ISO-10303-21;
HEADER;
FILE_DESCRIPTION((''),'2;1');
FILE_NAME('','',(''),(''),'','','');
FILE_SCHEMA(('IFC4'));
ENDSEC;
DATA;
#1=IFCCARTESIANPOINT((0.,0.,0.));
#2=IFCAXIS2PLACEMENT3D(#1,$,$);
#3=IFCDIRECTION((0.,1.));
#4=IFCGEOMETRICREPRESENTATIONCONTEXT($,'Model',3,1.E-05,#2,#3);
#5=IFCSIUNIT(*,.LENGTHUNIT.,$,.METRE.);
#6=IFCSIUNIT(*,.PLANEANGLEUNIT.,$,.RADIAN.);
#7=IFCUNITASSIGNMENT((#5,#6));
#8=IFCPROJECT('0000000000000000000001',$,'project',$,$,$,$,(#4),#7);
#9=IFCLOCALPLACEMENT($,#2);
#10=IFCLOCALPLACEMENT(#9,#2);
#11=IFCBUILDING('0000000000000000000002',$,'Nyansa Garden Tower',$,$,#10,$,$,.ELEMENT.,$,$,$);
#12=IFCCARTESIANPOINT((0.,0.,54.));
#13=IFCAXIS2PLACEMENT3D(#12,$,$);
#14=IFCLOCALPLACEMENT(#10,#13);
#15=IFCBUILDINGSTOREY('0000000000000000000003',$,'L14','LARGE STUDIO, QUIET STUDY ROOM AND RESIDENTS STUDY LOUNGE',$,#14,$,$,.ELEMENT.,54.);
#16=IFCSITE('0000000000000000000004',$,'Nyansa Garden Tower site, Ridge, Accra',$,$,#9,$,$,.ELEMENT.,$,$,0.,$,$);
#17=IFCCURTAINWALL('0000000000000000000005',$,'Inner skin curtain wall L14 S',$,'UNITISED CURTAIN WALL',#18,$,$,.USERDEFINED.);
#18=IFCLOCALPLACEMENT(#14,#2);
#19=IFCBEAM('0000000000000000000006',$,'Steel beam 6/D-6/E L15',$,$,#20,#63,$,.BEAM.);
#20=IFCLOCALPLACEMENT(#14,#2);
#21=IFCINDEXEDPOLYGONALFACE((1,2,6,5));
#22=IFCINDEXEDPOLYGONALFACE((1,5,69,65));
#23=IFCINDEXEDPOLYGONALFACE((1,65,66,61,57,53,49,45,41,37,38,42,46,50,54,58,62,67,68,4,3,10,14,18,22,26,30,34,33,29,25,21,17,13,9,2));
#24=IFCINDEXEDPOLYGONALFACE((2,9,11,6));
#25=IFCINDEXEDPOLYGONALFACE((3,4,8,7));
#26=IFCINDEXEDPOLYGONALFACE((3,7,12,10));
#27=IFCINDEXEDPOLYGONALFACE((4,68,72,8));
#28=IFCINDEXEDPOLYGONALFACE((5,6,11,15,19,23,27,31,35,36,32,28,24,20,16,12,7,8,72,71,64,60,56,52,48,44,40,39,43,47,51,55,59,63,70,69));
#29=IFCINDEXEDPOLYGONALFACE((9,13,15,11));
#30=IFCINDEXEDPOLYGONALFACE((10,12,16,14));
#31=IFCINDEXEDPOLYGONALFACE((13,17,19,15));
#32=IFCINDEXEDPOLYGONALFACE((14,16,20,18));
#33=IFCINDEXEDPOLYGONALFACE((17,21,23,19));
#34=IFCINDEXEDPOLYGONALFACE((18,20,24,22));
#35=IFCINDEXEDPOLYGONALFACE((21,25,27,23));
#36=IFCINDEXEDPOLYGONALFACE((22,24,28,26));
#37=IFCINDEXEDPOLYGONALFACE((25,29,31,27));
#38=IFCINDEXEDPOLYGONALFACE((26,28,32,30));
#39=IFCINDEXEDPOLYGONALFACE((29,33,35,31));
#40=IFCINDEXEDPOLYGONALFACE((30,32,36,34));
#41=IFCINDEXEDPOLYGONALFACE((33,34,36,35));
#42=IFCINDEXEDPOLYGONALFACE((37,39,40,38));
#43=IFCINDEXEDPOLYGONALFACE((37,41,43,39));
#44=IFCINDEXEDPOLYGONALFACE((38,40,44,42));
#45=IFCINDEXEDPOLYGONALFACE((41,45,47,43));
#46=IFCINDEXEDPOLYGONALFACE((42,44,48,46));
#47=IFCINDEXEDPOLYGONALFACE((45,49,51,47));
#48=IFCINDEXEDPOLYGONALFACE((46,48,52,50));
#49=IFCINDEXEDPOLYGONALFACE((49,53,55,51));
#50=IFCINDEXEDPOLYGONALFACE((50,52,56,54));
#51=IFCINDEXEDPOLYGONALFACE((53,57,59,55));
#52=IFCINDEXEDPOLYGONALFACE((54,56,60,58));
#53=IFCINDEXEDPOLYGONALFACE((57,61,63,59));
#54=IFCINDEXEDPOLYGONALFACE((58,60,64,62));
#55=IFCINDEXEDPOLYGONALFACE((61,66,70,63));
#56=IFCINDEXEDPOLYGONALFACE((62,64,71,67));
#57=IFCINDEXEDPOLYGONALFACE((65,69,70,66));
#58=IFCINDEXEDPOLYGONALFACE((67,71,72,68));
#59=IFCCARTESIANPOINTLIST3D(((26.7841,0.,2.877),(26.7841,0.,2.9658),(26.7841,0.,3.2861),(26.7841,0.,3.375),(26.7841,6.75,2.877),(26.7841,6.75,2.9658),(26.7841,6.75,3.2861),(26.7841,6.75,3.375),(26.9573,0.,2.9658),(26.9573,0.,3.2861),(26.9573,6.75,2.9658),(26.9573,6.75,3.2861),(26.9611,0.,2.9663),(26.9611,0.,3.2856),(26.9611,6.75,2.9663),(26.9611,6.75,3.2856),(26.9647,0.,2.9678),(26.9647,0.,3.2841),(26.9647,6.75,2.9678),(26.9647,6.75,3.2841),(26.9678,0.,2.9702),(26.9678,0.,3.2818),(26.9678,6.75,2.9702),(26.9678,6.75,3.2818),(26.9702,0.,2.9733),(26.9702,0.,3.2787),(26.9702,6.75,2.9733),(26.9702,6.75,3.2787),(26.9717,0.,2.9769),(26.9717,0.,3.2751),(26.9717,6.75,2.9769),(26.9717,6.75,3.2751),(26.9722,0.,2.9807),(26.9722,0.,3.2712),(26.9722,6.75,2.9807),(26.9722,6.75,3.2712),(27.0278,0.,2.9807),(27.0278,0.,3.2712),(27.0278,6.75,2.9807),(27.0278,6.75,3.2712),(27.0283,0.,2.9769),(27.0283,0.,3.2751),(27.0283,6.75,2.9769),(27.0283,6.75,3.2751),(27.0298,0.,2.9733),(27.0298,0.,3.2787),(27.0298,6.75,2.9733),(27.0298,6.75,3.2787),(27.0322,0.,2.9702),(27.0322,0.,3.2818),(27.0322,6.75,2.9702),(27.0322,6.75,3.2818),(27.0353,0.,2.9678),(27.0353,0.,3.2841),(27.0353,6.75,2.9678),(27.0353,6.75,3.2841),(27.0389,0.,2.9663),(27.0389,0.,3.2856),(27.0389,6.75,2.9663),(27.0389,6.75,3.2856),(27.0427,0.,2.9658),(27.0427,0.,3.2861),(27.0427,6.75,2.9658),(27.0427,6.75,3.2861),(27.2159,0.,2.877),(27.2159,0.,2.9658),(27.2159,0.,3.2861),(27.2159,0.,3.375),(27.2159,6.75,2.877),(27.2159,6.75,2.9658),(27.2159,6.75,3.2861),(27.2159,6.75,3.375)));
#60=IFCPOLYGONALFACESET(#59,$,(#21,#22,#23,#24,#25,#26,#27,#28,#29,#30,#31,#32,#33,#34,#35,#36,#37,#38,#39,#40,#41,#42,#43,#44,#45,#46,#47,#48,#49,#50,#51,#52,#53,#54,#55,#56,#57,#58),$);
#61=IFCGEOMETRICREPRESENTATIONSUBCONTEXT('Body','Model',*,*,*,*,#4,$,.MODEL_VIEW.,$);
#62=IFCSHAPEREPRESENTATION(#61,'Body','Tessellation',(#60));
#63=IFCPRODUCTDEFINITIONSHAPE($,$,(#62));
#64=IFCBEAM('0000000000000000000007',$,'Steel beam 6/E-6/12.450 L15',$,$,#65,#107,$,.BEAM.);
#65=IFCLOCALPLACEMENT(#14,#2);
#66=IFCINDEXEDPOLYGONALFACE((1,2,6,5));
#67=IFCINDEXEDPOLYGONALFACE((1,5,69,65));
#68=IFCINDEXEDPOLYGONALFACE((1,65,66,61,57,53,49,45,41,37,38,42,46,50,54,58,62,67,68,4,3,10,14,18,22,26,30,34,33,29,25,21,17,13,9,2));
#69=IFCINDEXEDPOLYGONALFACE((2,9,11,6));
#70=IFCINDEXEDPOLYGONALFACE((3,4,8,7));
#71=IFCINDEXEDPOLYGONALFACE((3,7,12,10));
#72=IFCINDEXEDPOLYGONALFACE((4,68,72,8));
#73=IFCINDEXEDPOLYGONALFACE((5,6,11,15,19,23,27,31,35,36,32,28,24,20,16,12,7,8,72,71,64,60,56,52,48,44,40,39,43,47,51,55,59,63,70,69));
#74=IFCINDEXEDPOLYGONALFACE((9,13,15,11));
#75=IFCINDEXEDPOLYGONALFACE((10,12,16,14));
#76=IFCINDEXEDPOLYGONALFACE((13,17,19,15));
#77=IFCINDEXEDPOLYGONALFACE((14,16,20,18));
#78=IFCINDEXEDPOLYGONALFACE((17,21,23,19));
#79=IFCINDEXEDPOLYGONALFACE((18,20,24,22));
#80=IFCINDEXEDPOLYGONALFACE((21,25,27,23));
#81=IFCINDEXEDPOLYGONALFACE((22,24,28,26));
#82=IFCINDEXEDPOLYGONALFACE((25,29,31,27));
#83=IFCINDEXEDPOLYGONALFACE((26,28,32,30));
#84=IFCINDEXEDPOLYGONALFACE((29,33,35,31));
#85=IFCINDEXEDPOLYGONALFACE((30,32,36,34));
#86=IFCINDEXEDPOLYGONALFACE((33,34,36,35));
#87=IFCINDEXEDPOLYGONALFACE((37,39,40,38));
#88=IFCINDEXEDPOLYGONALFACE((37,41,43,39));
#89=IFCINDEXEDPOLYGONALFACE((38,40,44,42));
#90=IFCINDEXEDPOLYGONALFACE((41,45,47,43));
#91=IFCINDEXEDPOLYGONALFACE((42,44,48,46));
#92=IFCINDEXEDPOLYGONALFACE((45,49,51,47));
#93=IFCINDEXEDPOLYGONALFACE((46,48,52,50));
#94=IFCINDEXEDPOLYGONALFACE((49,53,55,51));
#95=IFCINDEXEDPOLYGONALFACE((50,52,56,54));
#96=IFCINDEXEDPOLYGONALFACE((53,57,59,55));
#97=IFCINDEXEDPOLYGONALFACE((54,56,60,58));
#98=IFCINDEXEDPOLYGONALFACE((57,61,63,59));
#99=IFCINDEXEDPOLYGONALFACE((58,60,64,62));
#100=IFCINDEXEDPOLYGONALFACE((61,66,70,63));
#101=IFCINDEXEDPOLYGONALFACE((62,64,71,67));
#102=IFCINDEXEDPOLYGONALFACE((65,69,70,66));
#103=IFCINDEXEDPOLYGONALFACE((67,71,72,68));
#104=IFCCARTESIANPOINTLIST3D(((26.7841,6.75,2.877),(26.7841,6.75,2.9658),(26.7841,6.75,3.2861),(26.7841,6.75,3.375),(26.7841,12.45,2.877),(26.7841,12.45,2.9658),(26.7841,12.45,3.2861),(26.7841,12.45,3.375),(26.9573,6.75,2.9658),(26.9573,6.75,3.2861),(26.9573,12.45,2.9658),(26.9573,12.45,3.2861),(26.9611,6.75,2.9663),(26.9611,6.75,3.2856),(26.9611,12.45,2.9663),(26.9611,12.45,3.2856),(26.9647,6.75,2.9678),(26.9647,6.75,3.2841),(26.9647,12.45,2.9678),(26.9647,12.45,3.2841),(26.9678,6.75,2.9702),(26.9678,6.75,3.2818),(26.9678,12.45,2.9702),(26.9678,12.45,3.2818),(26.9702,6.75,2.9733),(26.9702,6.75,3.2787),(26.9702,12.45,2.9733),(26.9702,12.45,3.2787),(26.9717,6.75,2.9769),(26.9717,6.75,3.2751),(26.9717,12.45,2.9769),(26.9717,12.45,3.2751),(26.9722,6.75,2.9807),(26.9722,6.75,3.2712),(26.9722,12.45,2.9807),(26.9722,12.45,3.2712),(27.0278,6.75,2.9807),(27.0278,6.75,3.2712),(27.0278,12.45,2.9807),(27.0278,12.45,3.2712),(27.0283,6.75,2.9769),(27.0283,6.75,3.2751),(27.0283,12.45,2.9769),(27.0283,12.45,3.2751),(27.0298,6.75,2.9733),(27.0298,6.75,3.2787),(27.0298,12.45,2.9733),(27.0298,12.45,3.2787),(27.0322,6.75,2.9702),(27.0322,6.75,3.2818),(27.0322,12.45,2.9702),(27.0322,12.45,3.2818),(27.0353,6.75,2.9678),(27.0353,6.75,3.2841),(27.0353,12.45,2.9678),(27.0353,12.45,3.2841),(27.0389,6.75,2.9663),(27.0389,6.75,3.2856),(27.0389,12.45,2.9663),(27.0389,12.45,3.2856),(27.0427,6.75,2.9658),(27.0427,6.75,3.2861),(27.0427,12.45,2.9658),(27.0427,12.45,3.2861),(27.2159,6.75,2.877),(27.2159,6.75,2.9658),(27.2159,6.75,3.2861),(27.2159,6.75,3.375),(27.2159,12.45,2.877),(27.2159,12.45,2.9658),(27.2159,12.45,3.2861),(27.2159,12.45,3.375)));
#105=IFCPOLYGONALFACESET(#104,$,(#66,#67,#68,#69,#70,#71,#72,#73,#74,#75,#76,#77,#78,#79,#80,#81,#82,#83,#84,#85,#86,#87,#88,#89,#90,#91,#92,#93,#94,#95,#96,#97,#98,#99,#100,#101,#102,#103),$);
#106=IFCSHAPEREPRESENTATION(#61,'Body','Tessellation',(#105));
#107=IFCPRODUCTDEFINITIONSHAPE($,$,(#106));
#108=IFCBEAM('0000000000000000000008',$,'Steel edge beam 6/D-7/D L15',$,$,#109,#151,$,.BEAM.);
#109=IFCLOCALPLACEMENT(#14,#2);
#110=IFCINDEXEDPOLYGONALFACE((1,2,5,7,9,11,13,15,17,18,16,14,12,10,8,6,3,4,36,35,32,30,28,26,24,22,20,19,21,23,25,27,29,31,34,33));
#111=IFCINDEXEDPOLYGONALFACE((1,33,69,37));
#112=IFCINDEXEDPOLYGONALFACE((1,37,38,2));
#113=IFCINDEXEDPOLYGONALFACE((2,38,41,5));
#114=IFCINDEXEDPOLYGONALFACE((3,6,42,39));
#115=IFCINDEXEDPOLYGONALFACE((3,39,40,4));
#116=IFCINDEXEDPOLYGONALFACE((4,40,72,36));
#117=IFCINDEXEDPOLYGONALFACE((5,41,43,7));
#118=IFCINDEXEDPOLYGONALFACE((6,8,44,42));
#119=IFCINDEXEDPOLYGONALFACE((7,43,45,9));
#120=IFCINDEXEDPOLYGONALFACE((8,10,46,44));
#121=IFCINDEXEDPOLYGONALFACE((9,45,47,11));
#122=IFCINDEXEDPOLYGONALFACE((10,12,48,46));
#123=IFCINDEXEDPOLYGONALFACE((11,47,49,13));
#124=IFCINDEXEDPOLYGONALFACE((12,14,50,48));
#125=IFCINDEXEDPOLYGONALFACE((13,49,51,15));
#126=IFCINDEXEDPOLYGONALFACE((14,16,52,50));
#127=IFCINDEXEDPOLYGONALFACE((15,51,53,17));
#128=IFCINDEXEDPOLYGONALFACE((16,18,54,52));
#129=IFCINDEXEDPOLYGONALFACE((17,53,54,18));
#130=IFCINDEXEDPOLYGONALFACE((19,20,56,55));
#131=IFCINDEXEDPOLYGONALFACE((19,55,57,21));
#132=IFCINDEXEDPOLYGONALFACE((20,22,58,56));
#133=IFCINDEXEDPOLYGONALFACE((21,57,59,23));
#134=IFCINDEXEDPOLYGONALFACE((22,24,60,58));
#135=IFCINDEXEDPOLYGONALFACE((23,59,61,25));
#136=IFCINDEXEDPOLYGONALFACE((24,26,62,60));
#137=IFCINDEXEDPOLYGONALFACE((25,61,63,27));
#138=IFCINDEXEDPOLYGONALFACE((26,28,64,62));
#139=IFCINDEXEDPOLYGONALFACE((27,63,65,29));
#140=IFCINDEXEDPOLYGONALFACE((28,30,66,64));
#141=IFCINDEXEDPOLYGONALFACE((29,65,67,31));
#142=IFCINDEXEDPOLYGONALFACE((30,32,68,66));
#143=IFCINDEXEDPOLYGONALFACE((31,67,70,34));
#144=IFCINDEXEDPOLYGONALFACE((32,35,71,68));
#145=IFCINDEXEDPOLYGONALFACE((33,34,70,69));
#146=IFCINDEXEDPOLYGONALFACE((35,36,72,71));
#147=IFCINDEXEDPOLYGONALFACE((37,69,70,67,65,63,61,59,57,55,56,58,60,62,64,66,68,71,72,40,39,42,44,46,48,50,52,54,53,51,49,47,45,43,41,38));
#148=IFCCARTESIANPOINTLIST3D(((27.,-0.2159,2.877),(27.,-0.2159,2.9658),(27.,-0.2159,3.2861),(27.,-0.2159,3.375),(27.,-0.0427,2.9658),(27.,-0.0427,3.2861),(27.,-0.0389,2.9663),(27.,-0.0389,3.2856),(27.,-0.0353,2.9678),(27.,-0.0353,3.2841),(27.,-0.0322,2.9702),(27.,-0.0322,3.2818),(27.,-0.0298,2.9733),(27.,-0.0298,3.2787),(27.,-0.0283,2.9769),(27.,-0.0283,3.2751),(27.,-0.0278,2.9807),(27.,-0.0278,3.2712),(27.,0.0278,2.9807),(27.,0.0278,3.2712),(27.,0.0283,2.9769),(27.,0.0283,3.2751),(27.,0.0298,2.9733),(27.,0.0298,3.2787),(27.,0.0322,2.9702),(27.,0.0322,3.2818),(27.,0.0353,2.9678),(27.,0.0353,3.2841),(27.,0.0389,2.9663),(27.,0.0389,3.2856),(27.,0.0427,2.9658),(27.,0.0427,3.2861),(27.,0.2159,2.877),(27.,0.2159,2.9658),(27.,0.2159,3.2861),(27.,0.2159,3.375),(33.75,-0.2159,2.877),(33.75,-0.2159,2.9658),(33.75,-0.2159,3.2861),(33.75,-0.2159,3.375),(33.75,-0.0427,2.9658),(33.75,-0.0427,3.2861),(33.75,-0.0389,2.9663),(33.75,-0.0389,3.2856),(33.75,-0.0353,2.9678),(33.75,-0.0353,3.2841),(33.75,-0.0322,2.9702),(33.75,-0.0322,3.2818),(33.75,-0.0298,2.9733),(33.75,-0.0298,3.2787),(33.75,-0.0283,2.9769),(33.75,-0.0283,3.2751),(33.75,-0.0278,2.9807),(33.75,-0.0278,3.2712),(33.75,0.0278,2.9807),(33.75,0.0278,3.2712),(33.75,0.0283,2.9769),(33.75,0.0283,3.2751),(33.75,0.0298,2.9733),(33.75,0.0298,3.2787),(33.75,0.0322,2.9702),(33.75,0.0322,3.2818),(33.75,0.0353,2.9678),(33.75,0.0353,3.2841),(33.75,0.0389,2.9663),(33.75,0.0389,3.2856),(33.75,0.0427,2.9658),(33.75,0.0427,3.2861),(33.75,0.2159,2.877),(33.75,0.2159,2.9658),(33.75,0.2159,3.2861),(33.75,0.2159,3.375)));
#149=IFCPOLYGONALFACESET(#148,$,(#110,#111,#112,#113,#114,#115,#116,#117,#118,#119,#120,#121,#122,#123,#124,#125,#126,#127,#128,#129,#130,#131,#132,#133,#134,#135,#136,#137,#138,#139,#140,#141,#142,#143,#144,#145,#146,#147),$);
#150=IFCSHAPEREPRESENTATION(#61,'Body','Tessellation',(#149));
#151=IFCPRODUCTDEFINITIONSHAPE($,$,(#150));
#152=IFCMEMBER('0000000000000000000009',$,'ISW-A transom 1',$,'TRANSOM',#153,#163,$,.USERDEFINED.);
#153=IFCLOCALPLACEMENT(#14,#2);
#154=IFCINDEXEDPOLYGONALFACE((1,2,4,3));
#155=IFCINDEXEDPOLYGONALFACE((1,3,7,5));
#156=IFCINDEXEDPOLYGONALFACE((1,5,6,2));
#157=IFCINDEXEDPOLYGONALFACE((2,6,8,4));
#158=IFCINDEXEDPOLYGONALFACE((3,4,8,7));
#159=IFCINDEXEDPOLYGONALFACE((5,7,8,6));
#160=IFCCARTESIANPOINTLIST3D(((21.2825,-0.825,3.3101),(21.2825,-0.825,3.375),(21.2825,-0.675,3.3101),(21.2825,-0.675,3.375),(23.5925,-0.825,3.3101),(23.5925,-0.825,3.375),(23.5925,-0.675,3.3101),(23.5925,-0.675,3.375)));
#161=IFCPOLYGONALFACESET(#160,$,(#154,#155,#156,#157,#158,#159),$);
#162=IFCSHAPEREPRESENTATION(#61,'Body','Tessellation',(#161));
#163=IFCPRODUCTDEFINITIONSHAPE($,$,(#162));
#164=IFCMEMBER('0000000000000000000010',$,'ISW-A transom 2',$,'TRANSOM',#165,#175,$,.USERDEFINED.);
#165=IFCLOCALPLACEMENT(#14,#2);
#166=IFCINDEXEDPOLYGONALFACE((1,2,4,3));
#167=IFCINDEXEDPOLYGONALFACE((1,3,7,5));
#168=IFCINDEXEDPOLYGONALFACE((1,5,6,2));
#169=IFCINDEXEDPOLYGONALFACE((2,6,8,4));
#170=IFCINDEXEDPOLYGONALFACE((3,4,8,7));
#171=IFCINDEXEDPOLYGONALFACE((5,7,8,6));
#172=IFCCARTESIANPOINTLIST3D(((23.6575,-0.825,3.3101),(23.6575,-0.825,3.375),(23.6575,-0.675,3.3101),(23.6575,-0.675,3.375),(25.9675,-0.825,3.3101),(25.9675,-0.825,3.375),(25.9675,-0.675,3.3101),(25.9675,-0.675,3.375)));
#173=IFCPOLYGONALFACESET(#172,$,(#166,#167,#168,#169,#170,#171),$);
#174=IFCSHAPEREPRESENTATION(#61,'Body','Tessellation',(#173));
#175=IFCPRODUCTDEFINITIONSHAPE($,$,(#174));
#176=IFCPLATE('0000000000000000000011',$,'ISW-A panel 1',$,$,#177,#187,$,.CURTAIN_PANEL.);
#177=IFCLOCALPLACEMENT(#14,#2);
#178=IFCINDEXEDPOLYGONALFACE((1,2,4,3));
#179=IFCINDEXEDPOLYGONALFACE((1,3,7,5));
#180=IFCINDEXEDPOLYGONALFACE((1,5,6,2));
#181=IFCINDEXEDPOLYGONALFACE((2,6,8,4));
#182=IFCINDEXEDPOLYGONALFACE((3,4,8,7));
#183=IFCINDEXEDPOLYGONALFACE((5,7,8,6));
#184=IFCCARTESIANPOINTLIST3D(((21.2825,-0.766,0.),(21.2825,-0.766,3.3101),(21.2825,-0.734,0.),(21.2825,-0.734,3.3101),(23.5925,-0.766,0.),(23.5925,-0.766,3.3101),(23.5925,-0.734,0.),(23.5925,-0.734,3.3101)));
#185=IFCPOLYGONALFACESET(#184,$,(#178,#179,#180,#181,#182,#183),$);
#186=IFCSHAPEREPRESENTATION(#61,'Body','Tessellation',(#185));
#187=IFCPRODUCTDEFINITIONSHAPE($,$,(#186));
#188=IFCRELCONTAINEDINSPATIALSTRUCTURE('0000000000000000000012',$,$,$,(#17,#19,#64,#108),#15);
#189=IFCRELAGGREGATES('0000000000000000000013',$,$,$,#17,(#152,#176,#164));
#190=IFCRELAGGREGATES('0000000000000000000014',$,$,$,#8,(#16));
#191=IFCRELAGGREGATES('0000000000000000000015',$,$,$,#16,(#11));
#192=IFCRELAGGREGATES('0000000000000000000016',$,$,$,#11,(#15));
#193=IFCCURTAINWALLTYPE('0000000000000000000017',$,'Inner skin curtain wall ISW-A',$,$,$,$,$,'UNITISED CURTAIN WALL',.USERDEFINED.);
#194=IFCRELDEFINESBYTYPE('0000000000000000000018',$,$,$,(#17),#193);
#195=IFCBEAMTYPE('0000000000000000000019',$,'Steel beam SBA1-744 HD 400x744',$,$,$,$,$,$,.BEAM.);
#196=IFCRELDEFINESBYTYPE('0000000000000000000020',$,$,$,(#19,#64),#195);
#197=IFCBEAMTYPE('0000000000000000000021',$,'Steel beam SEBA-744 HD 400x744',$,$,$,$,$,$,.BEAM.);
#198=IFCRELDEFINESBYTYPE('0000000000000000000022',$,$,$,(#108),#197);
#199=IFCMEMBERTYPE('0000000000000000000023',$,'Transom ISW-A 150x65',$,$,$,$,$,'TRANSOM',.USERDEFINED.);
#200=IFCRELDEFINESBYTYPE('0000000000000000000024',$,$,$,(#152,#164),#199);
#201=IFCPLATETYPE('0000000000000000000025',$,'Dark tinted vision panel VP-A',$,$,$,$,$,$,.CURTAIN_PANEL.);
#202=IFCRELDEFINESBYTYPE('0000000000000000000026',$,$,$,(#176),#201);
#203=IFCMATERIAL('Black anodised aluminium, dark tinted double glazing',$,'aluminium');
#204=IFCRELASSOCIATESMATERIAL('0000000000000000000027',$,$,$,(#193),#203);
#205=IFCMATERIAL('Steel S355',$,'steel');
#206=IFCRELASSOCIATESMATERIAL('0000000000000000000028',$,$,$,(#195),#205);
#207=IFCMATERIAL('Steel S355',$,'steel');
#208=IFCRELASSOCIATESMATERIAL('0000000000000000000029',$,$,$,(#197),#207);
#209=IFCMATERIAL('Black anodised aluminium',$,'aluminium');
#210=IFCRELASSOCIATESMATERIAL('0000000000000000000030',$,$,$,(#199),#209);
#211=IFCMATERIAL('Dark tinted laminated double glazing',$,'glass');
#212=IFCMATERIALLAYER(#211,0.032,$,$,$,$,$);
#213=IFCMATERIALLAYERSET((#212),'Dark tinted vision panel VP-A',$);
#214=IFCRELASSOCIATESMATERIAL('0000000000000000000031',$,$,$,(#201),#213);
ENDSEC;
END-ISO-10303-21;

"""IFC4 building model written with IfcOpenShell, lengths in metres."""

from ifc_helpers import new_model, si_unit, direction, frame, origin, origin_2d, place, context, subcontext, project, spatial, rectangle, i_section, extrude, material, layer, layer_set, material_profile, profile_set, type_object, element, aggregate, save


model = new_model("IFC4")

# Units and contexts
model_context = context("Model", 3, precision=1e-05, world=origin(), true_north=direction((0.0, 1.0)))
body_context = subcontext(model_context, "Body", "Model", "MODEL_VIEW")
ifc_project = project(units=[si_unit("LENGTHUNIT", "METRE"), si_unit("PLANEANGLEUNIT", "RADIAN")], contexts=[model_context])

# Site, building, storey
site_placement = place(None, origin())
site = spatial("IfcSite", under=ifc_project, at=site_placement, Name="Nyansa Garden Tower site, Ridge, Accra", CompositionType="ELEMENT", RefElevation=0.0)
building_placement = place(site_placement, origin())
building = spatial("IfcBuilding", under=site, at=building_placement, Name="Nyansa Garden Tower", CompositionType="ELEMENT")
storey_placement = place(building_placement, frame((0.0, 0.0, 54.0)))
storey = spatial("IfcBuildingStorey", under=building, at=storey_placement, Name="L14", Description="LARGE STUDIO, QUIET STUDY ROOM AND RESIDENTS STUDY LOUNGE", CompositionType="ELEMENT", Elevation=54.0)

# Curtain wall
ifc_material_1 = material(Name="Black anodised aluminium, dark tinted double glazing", Category="aluminium")
curtain_wall_type = type_object("IfcCurtainWallType", Name="Inner skin curtain wall ISW-A", ElementType="UNITISED CURTAIN WALL", PredefinedType="USERDEFINED", material=ifc_material_1)
curtain_wall_placement = place(storey_placement, origin())
curtain_wall = element("IfcCurtainWall", 1, at=curtain_wall_placement, inside=storey, type_object=curtain_wall_type, Name="Inner skin curtain wall L14 S", ObjectType="UNITISED CURTAIN WALL", PredefinedType="USERDEFINED")

# Beams
ifc_material_2 = material(Name="Steel S355", Category="steel")
ifc_material_profile_1 = material_profile(ifc_material_2, i_section(OverallWidth=0.4319, OverallDepth=0.498, WebThickness=0.0557, FlangeThickness=0.0889, FilletRadius=0.0149, at=origin_2d()), Name="HD 400x744")
ifc_profile_set_1 = profile_set([ifc_material_profile_1], Name="Steel S355")
beam_type_1 = type_object("IfcBeamType", Name="Steel beam SBA1-744 HD 400x744", PredefinedType="BEAM", material=ifc_profile_set_1)
beam_1_placement = place(storey_placement, frame((27.0, 0.0, 3.126), z_axis=(0.0, 1.0, 0.0), x_axis=(-1.0, 0.0, 0.0)))
element("IfcBeam", 2, at=beam_1_placement, inside=storey, type_object=beam_type_1, Name="Steel beam 6/D-6/E L15", PredefinedType="BEAM", context=body_context, shape_type="SweptSolid", body=[
    extrude(i_section(OverallWidth=0.4319, OverallDepth=0.498, WebThickness=0.0557, FlangeThickness=0.0889, FilletRadius=0.0149, at=origin_2d()), origin(), (0.0, 0.0, 1.0), 6.75),
])
beam_2_placement = place(storey_placement, frame((27.0, 6.75, 3.126), z_axis=(0.0, 1.0, 0.0), x_axis=(-1.0, 0.0, 0.0)))
element("IfcBeam", 3, at=beam_2_placement, inside=storey, type_object=beam_type_1, Name="Steel beam 6/E-6/12.450 L15", PredefinedType="BEAM", context=body_context, shape_type="SweptSolid", body=[
    extrude(i_section(OverallWidth=0.4319, OverallDepth=0.498, WebThickness=0.0557, FlangeThickness=0.0889, FilletRadius=0.0149, at=origin_2d()), origin(), (0.0, 0.0, 1.0), 5.7),
])
ifc_material_3 = material(Name="Steel S355", Category="steel")
ifc_material_profile_2 = material_profile(ifc_material_3, i_section(OverallWidth=0.4319, OverallDepth=0.498, WebThickness=0.0557, FlangeThickness=0.0889, FilletRadius=0.0149, at=origin_2d()), Name="HD 400x744")
ifc_profile_set_2 = profile_set([ifc_material_profile_2], Name="Steel S355")
beam_type_2 = type_object("IfcBeamType", Name="Steel beam SEBA-744 HD 400x744", PredefinedType="BEAM", material=ifc_profile_set_2)
beam_3_placement = place(storey_placement, frame((27.0, 0.0, 3.126), z_axis=(1.0, 0.0, 0.0), x_axis=(0.0, 1.0, 0.0)))
element("IfcBeam", 4, at=beam_3_placement, inside=storey, type_object=beam_type_2, Name="Steel edge beam 6/D-7/D L15", PredefinedType="BEAM", context=body_context, shape_type="SweptSolid", body=[
    extrude(i_section(OverallWidth=0.4319, OverallDepth=0.498, WebThickness=0.0557, FlangeThickness=0.0889, FilletRadius=0.0149, at=origin_2d()), origin(), (0.0, 0.0, 1.0), 6.75),
])

# Members
ifc_material_4 = material(Name="Black anodised aluminium", Category="aluminium")
ifc_material_profile_3 = material_profile(ifc_material_4, rectangle(XDim=0.1499, YDim=0.0649, at=origin_2d()), Name="Transom 150x65")
ifc_profile_set_3 = profile_set([ifc_material_profile_3], Name="Black anodised aluminium")
member_type_1 = type_object("IfcMemberType", Name="Transom ISW-A 150x65", ElementType="TRANSOM", PredefinedType="USERDEFINED", material=ifc_profile_set_3)
member_1_placement = place(storey_placement, frame((21.2825, -0.75, 3.3425), z_axis=(1.0, 0.0, 0.0), x_axis=(0.0, 1.0, 0.0)))
member_1 = element("IfcMember", 5, at=member_1_placement, type_object=member_type_1, Name="ISW-A transom 1", ObjectType="TRANSOM", PredefinedType="USERDEFINED", context=body_context, shape_type="SweptSolid", body=[
    extrude(rectangle(XDim=0.1499, YDim=0.0649, at=origin_2d()), origin(), (0.0, 0.0, 1.0), 2.3101),
])
member_2_placement = place(storey_placement, frame((23.6575, -0.75, 3.3425), z_axis=(1.0, 0.0, 0.0), x_axis=(0.0, 1.0, 0.0)))
member_2 = element("IfcMember", 6, at=member_2_placement, type_object=member_type_1, Name="ISW-A transom 2", ObjectType="TRANSOM", PredefinedType="USERDEFINED", context=body_context, shape_type="SweptSolid", body=[
    extrude(rectangle(XDim=0.1499, YDim=0.0649, at=origin_2d()), origin(), (0.0, 0.0, 1.0), 2.3101),
])

# Plate
ifc_material_5 = material(Name="Dark tinted laminated double glazing", Category="glass")
ifc_layer_1 = layer(ifc_material_5, 0.032)
ifc_layer_set_1 = layer_set([ifc_layer_1], Name="Dark tinted vision panel VP-A")
plate_type_1 = type_object("IfcPlateType", Name="Dark tinted vision panel VP-A", PredefinedType="CURTAIN_PANEL", material=ifc_layer_set_1)
plate_1_placement = place(storey_placement, frame((22.4375, -0.75, 0.0), z_axis=(0.0, 0.0, 1.0), x_axis=(1.0, 0.0, 0.0)))
plate_1 = element("IfcPlate", 7, at=plate_1_placement, type_object=plate_type_1, Name="ISW-A panel 1", PredefinedType="CURTAIN_PANEL", context=body_context, shape_type="SweptSolid", body=[
    extrude(rectangle(XDim=2.3101, YDim=0.032, at=origin_2d()), origin(), (0.0, 0.0, 1.0), 3.3101),
])
aggregate(curtain_wall, [member_1, plate_1, member_2])

save(model, "model.ifc")
